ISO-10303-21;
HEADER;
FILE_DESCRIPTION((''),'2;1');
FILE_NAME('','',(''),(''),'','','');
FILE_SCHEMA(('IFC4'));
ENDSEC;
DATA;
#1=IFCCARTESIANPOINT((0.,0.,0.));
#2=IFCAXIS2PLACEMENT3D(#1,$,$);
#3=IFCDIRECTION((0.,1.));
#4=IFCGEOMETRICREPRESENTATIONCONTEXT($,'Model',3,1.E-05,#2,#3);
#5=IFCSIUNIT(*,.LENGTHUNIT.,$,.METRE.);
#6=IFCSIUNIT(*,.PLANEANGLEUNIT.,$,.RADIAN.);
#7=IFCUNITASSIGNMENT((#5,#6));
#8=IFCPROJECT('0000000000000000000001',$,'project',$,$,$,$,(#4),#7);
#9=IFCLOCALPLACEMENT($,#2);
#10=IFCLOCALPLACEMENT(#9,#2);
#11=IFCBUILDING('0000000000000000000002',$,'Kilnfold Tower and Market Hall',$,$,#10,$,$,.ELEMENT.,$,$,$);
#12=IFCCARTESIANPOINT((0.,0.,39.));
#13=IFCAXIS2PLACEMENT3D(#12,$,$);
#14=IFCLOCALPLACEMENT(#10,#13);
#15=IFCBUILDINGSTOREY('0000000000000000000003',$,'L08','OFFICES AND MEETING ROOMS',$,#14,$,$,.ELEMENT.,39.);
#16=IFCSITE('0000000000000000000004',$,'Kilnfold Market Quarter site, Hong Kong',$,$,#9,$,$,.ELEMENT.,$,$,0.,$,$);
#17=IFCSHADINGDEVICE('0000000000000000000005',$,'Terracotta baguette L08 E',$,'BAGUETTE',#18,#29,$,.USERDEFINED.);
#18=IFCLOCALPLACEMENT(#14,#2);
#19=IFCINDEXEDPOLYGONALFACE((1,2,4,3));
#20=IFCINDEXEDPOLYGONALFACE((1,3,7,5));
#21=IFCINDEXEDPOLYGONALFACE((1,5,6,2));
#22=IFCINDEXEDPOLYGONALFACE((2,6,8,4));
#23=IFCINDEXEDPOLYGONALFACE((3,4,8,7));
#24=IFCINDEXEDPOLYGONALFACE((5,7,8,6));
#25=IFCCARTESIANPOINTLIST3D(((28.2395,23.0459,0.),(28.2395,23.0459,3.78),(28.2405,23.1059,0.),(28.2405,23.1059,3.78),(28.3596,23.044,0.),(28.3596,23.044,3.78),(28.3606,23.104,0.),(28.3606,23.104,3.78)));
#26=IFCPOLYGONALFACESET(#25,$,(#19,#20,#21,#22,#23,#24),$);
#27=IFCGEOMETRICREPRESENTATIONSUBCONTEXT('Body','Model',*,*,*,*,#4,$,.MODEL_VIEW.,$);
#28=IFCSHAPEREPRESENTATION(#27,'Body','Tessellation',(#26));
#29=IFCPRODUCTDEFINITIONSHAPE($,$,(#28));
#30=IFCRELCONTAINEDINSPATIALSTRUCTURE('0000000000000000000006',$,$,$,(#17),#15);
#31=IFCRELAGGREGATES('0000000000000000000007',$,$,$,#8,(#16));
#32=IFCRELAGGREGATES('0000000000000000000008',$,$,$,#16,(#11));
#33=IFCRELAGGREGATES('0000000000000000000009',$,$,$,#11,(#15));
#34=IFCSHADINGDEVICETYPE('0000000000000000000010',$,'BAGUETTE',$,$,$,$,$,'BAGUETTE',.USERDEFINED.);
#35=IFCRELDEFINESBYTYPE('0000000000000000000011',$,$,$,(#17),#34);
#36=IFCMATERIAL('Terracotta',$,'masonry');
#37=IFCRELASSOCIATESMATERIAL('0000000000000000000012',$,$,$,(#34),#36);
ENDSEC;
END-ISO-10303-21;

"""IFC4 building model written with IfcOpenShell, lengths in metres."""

from ifc_helpers import new_model, si_unit, direction, frame, origin, origin_2d, place, context, subcontext, project, spatial, rectangle, extrude, source, transform, mapped, material, material_profile, profile_set, type_object, element, save


model = new_model("IFC4")

# Units and contexts
model_context = context("Model", 3, precision=1e-05, world=origin(), true_north=direction((0.0, 1.0)))
body_context = subcontext(model_context, "Body", "Model", "MODEL_VIEW")
ifc_project = project(units=[si_unit("LENGTHUNIT", "METRE"), si_unit("PLANEANGLEUNIT", "RADIAN")], contexts=[model_context])

# Site, building, storey
site_placement = place(None, origin())
site = spatial("IfcSite", under=ifc_project, at=site_placement, Name="Kilnfold Market Quarter site, Hong Kong", CompositionType="ELEMENT", RefElevation=0.0)
building_placement = place(site_placement, origin())
building = spatial("IfcBuilding", under=site, at=building_placement, Name="Kilnfold Tower and Market Hall", CompositionType="ELEMENT")
storey_placement = place(building_placement, frame((0.0, 0.0, 39.0)))
storey = spatial("IfcBuildingStorey", under=building, at=storey_placement, Name="L08", Description="OFFICES AND MEETING ROOMS", CompositionType="ELEMENT", Elevation=39.0)

# Shading device
ifc_material_1 = material(Name="Terracotta", Category="masonry")
ifc_material_profile_1 = material_profile(ifc_material_1, rectangle(XDim=0.0601, YDim=0.1201, at=origin_2d()), Name="BAG 60x120")
ifc_profile_set_1 = profile_set([ifc_material_profile_1], Name="Terracotta")
shading_device_type = type_object("IfcShadingDeviceType", Name="BAGUETTE", ElementType="BAGUETTE", PredefinedType="USERDEFINED", material=ifc_profile_set_1)
shared_shape_1 = source(origin(), body_context, "Body", "SweptSolid", [
    extrude(rectangle(XDim=0.0601, YDim=0.1201, at=origin_2d()), origin(), (0.0, 0.0, 1.0), 3.78),
])
for number, where, z_axis, x_axis, name in (
    (1, (28.3, 23.075, 0.0), (0.0, 0.0, 1.0), (0.01596, 0.999873, 0.0), "Terracotta baguette L08 E"),
):
    element("IfcShadingDevice", number, at=place(storey_placement, frame(where, z_axis=z_axis, x_axis=x_axis)), inside=storey, type_object=shading_device_type, Name=name, ObjectType="BAGUETTE", PredefinedType="USERDEFINED", context=body_context, shape_type="MappedRepresentation", body=[
        mapped(shared_shape_1, transform((0.0, 0.0, 0.0))),
    ])

save(model, "model.ifc")
